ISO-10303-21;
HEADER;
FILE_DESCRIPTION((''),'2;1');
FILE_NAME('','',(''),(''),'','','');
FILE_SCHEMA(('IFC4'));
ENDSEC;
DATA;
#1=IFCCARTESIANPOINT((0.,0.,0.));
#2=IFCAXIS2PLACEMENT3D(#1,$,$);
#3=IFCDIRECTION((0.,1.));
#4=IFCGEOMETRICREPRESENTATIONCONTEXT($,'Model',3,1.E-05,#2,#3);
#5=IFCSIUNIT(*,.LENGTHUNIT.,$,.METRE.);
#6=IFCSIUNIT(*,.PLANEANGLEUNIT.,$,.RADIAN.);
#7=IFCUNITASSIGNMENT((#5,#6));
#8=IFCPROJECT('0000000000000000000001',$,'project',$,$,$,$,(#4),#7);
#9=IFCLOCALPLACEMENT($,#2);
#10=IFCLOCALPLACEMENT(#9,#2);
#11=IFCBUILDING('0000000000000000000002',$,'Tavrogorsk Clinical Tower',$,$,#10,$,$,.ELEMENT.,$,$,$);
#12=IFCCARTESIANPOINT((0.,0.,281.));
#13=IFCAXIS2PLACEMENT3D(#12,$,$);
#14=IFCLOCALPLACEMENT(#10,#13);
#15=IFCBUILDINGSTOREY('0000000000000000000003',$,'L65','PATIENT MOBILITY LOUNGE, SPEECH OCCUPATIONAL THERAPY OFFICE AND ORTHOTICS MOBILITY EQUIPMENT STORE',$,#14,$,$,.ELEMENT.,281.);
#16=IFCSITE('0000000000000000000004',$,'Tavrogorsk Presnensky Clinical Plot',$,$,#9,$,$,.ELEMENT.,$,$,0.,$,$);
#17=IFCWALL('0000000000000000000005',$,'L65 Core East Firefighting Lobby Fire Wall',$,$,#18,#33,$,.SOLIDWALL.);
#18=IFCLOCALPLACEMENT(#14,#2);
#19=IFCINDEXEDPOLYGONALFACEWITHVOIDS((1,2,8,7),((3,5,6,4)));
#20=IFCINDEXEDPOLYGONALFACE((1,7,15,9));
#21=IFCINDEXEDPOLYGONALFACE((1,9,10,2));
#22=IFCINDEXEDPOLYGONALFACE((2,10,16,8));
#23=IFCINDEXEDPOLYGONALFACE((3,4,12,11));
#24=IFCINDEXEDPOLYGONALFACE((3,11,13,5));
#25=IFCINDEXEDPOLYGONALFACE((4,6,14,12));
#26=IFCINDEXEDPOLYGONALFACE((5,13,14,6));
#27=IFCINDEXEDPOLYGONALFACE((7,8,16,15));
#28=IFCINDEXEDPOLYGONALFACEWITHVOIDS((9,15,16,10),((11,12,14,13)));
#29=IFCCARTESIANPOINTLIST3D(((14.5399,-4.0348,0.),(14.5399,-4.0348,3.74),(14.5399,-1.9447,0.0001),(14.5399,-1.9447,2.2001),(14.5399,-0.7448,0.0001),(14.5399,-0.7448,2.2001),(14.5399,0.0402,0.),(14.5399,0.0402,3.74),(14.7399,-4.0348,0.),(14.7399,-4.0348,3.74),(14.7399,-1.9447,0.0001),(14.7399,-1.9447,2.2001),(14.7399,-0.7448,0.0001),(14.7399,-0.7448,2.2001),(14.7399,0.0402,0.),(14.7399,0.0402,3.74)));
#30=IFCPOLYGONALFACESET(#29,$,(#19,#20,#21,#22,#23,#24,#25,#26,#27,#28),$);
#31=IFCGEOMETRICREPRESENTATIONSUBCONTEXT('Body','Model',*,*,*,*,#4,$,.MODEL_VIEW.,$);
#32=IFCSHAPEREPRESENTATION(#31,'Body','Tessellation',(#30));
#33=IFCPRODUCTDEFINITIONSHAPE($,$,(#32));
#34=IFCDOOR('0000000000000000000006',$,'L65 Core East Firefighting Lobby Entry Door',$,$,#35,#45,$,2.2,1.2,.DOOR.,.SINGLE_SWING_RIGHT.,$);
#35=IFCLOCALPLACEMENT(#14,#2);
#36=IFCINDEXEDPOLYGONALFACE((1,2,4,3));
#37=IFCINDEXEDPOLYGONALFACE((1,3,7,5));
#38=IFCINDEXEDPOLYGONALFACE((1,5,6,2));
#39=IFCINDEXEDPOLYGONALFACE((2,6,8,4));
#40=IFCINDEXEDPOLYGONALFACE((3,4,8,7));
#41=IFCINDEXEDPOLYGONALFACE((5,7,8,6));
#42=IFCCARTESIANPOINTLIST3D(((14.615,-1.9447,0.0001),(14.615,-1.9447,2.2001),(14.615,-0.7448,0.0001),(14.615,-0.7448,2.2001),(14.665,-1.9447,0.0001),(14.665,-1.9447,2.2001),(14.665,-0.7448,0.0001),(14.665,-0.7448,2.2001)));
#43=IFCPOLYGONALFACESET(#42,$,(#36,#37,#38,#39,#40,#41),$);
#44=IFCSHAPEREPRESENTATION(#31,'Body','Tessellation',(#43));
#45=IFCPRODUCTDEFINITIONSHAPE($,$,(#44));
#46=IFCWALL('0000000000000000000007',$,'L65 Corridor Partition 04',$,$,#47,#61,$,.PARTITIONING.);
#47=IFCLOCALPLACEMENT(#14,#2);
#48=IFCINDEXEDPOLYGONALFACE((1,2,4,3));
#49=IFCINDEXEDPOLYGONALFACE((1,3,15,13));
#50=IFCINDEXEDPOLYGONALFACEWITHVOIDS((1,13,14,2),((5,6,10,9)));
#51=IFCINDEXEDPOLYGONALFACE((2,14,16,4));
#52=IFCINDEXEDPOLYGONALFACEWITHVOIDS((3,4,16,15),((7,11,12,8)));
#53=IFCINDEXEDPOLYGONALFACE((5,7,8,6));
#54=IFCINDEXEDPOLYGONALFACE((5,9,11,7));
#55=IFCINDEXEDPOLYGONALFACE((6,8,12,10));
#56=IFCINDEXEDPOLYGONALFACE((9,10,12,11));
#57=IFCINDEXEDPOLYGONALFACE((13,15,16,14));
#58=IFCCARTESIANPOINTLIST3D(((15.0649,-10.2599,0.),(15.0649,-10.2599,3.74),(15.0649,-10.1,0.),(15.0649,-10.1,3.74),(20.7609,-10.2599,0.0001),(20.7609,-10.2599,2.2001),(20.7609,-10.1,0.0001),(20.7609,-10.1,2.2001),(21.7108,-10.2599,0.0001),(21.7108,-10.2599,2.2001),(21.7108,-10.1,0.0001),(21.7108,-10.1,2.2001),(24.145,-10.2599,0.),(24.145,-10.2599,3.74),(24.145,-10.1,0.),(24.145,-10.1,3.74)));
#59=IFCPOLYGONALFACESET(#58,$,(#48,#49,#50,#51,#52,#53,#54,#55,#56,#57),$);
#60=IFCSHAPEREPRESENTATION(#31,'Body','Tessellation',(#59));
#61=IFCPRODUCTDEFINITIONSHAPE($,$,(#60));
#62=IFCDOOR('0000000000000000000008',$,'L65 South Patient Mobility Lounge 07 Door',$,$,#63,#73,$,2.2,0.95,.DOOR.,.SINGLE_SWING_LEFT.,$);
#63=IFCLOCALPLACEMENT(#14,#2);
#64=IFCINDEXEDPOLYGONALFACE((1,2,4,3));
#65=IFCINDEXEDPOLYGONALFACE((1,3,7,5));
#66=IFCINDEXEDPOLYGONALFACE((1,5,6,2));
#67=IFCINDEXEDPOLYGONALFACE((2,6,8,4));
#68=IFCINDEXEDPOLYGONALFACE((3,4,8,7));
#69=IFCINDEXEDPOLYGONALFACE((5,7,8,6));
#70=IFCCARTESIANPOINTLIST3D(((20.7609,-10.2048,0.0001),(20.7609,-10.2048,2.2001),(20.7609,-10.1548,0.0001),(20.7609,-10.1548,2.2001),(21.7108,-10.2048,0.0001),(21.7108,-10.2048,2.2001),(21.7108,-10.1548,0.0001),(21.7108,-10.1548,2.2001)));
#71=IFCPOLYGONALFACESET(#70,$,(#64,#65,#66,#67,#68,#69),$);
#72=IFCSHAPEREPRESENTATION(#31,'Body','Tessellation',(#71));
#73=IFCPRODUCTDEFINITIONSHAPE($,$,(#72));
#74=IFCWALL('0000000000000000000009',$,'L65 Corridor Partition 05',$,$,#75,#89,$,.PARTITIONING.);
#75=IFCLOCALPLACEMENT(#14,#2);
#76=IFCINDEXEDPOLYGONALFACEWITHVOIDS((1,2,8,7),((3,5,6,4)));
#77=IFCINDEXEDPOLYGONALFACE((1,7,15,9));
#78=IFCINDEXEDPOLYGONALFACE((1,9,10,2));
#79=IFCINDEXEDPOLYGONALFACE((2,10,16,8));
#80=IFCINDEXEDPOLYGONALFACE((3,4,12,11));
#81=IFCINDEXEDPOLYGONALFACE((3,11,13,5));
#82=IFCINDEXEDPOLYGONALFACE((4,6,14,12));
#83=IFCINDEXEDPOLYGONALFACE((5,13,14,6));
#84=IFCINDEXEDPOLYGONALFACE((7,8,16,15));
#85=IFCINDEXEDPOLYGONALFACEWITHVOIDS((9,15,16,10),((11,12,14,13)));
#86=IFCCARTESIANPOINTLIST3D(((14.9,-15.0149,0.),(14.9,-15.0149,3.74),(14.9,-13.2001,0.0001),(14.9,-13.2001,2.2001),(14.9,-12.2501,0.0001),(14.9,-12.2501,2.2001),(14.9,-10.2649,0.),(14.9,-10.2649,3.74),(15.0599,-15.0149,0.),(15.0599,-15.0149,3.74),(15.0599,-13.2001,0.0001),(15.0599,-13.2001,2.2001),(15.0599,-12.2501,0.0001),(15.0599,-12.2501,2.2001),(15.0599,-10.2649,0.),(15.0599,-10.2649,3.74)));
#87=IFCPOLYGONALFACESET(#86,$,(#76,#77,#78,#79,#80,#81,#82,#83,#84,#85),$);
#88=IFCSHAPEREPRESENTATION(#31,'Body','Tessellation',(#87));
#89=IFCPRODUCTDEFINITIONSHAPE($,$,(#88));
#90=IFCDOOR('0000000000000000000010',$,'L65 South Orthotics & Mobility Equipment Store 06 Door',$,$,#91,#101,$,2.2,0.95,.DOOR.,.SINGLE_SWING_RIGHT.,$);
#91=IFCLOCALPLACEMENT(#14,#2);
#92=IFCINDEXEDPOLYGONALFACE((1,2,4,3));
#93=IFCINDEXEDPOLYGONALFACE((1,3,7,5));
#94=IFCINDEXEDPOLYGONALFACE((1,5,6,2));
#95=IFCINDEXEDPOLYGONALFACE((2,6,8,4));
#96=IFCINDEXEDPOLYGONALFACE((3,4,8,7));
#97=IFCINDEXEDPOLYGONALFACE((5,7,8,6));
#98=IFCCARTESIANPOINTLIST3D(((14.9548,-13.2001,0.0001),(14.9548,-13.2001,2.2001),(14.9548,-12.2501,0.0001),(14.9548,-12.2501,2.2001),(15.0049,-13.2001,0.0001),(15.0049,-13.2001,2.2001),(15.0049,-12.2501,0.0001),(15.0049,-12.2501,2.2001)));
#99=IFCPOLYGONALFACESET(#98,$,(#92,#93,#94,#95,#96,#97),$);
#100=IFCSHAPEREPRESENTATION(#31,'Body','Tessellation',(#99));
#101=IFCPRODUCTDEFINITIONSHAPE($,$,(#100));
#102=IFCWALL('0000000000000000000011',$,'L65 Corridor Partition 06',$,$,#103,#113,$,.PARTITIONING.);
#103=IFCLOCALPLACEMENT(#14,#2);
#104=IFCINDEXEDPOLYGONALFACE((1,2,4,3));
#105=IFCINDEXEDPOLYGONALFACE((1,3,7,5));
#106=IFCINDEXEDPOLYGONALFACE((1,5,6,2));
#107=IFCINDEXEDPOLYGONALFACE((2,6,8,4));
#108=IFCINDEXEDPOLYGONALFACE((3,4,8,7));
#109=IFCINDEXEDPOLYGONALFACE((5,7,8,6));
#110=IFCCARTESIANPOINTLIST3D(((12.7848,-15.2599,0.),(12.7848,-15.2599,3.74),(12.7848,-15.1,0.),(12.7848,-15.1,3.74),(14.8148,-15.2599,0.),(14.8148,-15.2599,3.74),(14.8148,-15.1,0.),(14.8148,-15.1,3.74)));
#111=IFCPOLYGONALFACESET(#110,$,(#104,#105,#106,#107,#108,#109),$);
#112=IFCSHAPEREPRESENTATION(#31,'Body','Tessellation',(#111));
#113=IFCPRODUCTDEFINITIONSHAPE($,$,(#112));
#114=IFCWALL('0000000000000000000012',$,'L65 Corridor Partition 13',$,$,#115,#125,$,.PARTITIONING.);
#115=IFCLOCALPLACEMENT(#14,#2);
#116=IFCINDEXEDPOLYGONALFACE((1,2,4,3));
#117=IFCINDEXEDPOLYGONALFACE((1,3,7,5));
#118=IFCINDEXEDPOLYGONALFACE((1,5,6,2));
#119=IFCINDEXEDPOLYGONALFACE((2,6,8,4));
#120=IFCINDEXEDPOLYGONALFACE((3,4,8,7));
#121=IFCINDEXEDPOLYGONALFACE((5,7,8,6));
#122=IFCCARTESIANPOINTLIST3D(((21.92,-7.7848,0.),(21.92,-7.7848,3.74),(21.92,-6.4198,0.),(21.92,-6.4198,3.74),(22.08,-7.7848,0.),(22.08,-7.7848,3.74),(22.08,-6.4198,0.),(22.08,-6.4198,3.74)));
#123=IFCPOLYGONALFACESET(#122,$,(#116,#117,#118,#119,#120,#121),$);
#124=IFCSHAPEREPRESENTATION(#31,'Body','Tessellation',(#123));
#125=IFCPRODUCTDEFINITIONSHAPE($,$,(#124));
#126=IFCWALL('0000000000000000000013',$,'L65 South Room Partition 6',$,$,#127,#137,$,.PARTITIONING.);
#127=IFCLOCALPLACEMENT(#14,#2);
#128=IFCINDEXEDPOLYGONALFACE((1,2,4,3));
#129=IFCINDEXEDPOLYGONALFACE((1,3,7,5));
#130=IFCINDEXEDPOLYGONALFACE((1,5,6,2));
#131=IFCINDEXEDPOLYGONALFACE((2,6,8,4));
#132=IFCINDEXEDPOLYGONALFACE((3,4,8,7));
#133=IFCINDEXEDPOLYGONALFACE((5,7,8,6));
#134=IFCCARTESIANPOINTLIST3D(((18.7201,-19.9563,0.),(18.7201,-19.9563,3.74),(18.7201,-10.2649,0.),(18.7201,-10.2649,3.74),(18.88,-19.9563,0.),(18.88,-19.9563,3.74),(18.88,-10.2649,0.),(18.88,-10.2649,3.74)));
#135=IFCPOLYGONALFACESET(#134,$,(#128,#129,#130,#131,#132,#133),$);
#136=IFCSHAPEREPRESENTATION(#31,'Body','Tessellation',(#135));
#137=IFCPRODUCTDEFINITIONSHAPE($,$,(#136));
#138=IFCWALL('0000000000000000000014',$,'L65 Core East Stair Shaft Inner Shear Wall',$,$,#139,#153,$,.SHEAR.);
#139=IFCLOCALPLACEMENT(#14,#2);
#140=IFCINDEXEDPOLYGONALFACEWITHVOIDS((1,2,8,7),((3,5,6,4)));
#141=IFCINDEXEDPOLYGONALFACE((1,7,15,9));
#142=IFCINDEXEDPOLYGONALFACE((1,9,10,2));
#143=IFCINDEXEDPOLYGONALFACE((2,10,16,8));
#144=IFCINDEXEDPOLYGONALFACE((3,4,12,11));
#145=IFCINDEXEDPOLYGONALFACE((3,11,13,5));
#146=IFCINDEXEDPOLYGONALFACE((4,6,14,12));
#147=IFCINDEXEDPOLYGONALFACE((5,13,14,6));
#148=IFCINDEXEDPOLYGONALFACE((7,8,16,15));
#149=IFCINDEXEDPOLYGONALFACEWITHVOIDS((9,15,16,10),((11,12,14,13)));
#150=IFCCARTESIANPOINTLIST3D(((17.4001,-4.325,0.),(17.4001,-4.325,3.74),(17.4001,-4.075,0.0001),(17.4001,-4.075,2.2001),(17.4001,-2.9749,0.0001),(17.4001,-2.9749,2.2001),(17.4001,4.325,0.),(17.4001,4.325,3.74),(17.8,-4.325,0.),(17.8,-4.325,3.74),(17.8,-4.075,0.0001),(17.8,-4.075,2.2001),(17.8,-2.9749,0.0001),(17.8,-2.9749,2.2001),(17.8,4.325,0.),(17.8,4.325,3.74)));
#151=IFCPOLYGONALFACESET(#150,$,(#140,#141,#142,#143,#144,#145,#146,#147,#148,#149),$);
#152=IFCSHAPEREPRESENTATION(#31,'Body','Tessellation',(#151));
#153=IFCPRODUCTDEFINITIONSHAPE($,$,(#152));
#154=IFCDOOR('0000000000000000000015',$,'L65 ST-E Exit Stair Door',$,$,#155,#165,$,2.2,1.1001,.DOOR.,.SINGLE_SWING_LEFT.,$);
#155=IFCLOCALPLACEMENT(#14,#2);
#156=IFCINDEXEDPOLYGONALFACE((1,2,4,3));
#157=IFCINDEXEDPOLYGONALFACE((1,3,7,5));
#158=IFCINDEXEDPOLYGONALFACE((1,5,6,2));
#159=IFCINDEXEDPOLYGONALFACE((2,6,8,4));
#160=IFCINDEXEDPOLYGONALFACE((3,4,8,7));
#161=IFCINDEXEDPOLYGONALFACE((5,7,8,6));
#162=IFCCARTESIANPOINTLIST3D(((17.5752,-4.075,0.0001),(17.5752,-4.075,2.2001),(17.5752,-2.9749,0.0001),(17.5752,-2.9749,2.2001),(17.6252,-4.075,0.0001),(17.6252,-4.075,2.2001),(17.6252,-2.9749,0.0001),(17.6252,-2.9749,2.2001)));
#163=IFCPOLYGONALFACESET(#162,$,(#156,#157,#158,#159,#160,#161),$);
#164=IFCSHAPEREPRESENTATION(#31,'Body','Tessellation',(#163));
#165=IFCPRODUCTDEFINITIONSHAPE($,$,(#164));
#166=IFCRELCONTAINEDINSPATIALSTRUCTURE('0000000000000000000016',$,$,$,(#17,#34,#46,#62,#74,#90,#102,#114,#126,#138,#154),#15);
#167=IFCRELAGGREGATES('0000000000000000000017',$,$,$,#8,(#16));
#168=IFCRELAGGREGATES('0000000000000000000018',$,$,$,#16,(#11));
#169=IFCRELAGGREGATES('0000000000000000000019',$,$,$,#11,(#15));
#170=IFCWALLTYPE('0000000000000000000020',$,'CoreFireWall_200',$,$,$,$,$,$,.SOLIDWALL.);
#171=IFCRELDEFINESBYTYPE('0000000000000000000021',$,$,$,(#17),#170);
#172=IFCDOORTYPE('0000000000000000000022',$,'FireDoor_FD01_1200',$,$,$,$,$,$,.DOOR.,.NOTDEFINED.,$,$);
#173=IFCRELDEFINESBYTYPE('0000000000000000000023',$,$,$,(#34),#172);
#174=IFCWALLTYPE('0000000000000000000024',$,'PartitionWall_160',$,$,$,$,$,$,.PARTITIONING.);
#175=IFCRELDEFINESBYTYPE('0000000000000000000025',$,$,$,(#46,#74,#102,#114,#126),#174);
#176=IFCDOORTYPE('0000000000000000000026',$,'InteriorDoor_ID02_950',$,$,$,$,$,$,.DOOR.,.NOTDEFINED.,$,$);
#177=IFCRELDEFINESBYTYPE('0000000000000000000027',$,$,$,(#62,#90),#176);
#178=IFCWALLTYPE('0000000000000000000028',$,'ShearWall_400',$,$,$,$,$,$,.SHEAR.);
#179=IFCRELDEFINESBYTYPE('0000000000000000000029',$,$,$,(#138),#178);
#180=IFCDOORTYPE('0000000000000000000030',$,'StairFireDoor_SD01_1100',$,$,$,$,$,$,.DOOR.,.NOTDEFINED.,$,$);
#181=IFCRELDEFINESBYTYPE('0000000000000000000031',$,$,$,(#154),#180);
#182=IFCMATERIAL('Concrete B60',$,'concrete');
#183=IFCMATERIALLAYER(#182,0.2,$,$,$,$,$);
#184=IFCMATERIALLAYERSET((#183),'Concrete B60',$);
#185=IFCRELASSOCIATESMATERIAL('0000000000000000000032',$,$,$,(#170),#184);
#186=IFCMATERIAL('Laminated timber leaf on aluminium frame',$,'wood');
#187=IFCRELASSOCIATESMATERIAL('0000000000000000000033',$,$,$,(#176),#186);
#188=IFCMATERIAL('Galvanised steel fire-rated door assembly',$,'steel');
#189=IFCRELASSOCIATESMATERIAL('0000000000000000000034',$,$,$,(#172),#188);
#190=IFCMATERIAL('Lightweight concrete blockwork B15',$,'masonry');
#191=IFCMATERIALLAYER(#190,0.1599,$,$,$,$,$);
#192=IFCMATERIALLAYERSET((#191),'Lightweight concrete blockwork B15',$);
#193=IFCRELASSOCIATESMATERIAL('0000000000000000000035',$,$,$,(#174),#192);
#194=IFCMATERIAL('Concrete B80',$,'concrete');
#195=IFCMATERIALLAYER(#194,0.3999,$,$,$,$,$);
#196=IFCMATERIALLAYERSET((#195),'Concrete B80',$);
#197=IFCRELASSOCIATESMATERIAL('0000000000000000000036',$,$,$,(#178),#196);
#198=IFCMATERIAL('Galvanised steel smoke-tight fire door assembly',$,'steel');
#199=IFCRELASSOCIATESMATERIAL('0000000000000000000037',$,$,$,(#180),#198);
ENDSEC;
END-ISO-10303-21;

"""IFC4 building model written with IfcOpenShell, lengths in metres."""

from ifc_helpers import new_model, si_unit, direction, frame, frame_2d, origin, place, context, subcontext, project, spatial, rectangle, extrude, material, layer, layer_set, type_object, element, fill, save


model = new_model("IFC4")

# Units and contexts
model_context = context("Model", 3, precision=1e-05, world=origin(), true_north=direction((0.0, 1.0)))
body_context = subcontext(model_context, "Body", "Model", "MODEL_VIEW")
ifc_project = project(units=[si_unit("LENGTHUNIT", "METRE"), si_unit("PLANEANGLEUNIT", "RADIAN")], contexts=[model_context])

# Site, building, storey
site_placement = place(None, origin())
site = spatial("IfcSite", under=ifc_project, at=site_placement, Name="Tavrogorsk Presnensky Clinical Plot", CompositionType="ELEMENT", RefElevation=0.0)
building_placement = place(site_placement, origin())
building = spatial("IfcBuilding", under=site, at=building_placement, Name="Tavrogorsk Clinical Tower", CompositionType="ELEMENT")
storey_placement = place(building_placement, frame((0.0, 0.0, 281.0)))
storey = spatial("IfcBuildingStorey", under=building, at=storey_placement, Name="L65", Description="PATIENT MOBILITY LOUNGE, SPEECH OCCUPATIONAL THERAPY OFFICE AND ORTHOTICS MOBILITY EQUIPMENT STORE", CompositionType="ELEMENT", Elevation=281.0)

# Walls, openings, doors
ifc_material_1 = material(Name="Concrete B60", Category="concrete")
ifc_layer_1 = layer(ifc_material_1, 0.2)
ifc_layer_set_1 = layer_set([ifc_layer_1], Name="Concrete B60")
wall_type_1 = type_object("IfcWallType", Name="CoreFireWall_200", PredefinedType="SOLIDWALL", material=ifc_layer_set_1)
ifc_material_2 = material(Name="Laminated timber leaf on aluminium frame", Category="wood")
door_type_1 = type_object("IfcDoorType", Name="InteriorDoor_ID02_950", OperationType="NOTDEFINED", PredefinedType="DOOR", material=ifc_material_2)
wall_1_placement = place(storey_placement, frame((14.6399, -4.0349, 0.0), z_axis=(0.0, 0.0, 1.0), x_axis=(0.0, 1.0, 0.0)))
wall_1 = element("IfcWall", 1, at=wall_1_placement, inside=storey, type_object=wall_type_1, Name="L65 Core East Firefighting Lobby Fire Wall", PredefinedType="SOLIDWALL", context=body_context, shape_type="SweptSolid", body=[
    extrude(rectangle(XDim=4.075, YDim=0.2, at=frame_2d((2.0376, 0.0))), origin(), (0.0, 0.0, 1.0), 3.74),
])
opening_1_placement = place(wall_1_placement, frame((2.0901, 0.0, 0.0)))
opening_1 = element("IfcOpeningElement", 2, at=opening_1_placement, cuts=wall_1, PredefinedType="OPENING", context=body_context, shape_type="SweptSolid", body=[
    extrude(rectangle(XDim=1.2, YDim=2.2, at=frame_2d((0.6001, 1.1001))), frame((0.0, 0.1099, 0.0), z_axis=(0.0, -1.0, 0.0), x_axis=(1.0, 0.0, 0.0)), (0.0, 0.0, 1.0), 0.22),
])
ifc_material_3 = material(Name="Galvanised steel fire-rated door assembly", Category="steel")
door_type_2 = type_object("IfcDoorType", Name="FireDoor_FD01_1200", OperationType="NOTDEFINED", PredefinedType="DOOR", material=ifc_material_3)
door_1_placement = place(opening_1_placement, origin())
door_1 = element("IfcDoor", 3, at=door_1_placement, inside=storey, type_object=door_type_2, Name="L65 Core East Firefighting Lobby Entry Door", OperationType="SINGLE_SWING_RIGHT", OverallHeight=2.2, OverallWidth=1.2, PredefinedType="DOOR", context=body_context, shape_type="SweptSolid", body=[
    extrude(rectangle(XDim=1.2, YDim=2.2, at=frame_2d((0.6001, 1.1001))), frame((0.0, 0.0249, 0.0), z_axis=(0.0, -1.0, 0.0), x_axis=(1.0, 0.0, 0.0)), (0.0, 0.0, 1.0), 0.05),
])
fill(opening_1, door_1)
ifc_material_4 = material(Name="Lightweight concrete blockwork B15", Category="masonry")
ifc_layer_2 = layer(ifc_material_4, 0.1599)
ifc_layer_set_2 = layer_set([ifc_layer_2], Name="Lightweight concrete blockwork B15")
wall_type_2 = type_object("IfcWallType", Name="PartitionWall_160", PredefinedType="PARTITIONING", material=ifc_layer_set_2)
wall_2_placement = place(storey_placement, frame((24.145, -10.1799, 0.0), z_axis=(0.0, 0.0, 1.0), x_axis=(-1.0, 0.0, 0.0)))
wall_2 = element("IfcWall", 4, at=wall_2_placement, inside=storey, type_object=wall_type_2, Name="L65 Corridor Partition 04", PredefinedType="PARTITIONING", context=body_context, shape_type="SweptSolid", body=[
    extrude(rectangle(XDim=9.0801, YDim=0.1599, at=frame_2d((4.54, 0.0))), origin(), (0.0, 0.0, 1.0), 3.74),
])
opening_2_placement = place(wall_2_placement, frame((2.4341, 0.0, 0.0)))
opening_2 = element("IfcOpeningElement", 5, at=opening_2_placement, cuts=wall_2, PredefinedType="OPENING", context=body_context, shape_type="SweptSolid", body=[
    extrude(rectangle(XDim=0.95, YDim=2.2, at=frame_2d((0.4751, 1.1001))), frame((0.0, 0.0898, 0.0), z_axis=(0.0, -1.0, 0.0), x_axis=(1.0, 0.0, 0.0)), (0.0, 0.0, 1.0), 0.1799),
])
door_2_placement = place(opening_2_placement, origin())
door_2 = element("IfcDoor", 6, at=door_2_placement, inside=storey, type_object=door_type_1, Name="L65 South Patient Mobility Lounge 07 Door", OperationType="SINGLE_SWING_LEFT", OverallHeight=2.2, OverallWidth=0.95, PredefinedType="DOOR", context=body_context, shape_type="SweptSolid", body=[
    extrude(rectangle(XDim=0.95, YDim=2.2, at=frame_2d((0.4751, 1.1001))), frame((0.0, 0.0249, 0.0), z_axis=(0.0, -1.0, 0.0), x_axis=(1.0, 0.0, 0.0)), (0.0, 0.0, 1.0), 0.05),
])
fill(opening_2, door_2)
wall_3_placement = place(storey_placement, frame((14.98, -10.2649, 0.0), z_axis=(0.0, 0.0, 1.0), x_axis=(0.0, -1.0, 0.0)))
wall_3 = element("IfcWall", 7, at=wall_3_placement, inside=storey, type_object=wall_type_2, Name="L65 Corridor Partition 05", PredefinedType="PARTITIONING", context=body_context, shape_type="SweptSolid", body=[
    extrude(rectangle(XDim=4.75, YDim=0.1599, at=frame_2d((2.375, 0.0))), origin(), (0.0, 0.0, 1.0), 3.74),
])
opening_3_placement = place(wall_3_placement, frame((1.9851, 0.0, 0.0)))
opening_3 = element("IfcOpeningElement", 8, at=opening_3_placement, cuts=wall_3, PredefinedType="OPENING", context=body_context, shape_type="SweptSolid", body=[
    extrude(rectangle(XDim=0.95, YDim=2.2, at=frame_2d((0.4751, 1.1001))), frame((0.0, 0.0898, 0.0), z_axis=(0.0, -1.0, 0.0), x_axis=(1.0, 0.0, 0.0)), (0.0, 0.0, 1.0), 0.1799),
])
door_3_placement = place(opening_3_placement, origin())
door_3 = element("IfcDoor", 9, at=door_3_placement, inside=storey, type_object=door_type_1, Name="L65 South Orthotics & Mobility Equipment Store 06 Door", OperationType="SINGLE_SWING_RIGHT", OverallHeight=2.2, OverallWidth=0.95, PredefinedType="DOOR", context=body_context, shape_type="SweptSolid", body=[
    extrude(rectangle(XDim=0.95, YDim=2.2, at=frame_2d((0.4751, 1.1001))), frame((0.0, 0.0249, 0.0), z_axis=(0.0, -1.0, 0.0), x_axis=(1.0, 0.0, 0.0)), (0.0, 0.0, 1.0), 0.05),
])
fill(opening_3, door_3)

# Walls
wall_4_placement = place(storey_placement, frame((14.8149, -15.1799, 0.0), z_axis=(0.0, 0.0, 1.0), x_axis=(-1.0, 0.0, 0.0)))
element("IfcWall", 10, at=wall_4_placement, inside=storey, type_object=wall_type_2, Name="L65 Corridor Partition 06", PredefinedType="PARTITIONING", context=body_context, shape_type="SweptSolid", body=[
    extrude(rectangle(XDim=2.03, YDim=0.1599, at=frame_2d((1.0151, 0.0))), origin(), (0.0, 0.0, 1.0), 3.74),
])
wall_5_placement = place(storey_placement, frame((22.0, -7.7849, 0.0), z_axis=(0.0, 0.0, 1.0), x_axis=(0.0, 1.0, 0.0)))
element("IfcWall", 11, at=wall_5_placement, inside=storey, type_object=wall_type_2, Name="L65 Corridor Partition 13", PredefinedType="PARTITIONING", context=body_context, shape_type="SweptSolid", body=[
    extrude(rectangle(XDim=1.365, YDim=0.1599, at=frame_2d((0.6826, 0.0))), origin(), (0.0, 0.0, 1.0), 3.74),
])
wall_6_placement = place(storey_placement, frame((18.8, -19.9563, 0.0), z_axis=(0.0, 0.0, 1.0), x_axis=(0.0, 1.0, 0.0)))
element("IfcWall", 12, at=wall_6_placement, inside=storey, type_object=wall_type_2, Name="L65 South Room Partition 6", PredefinedType="PARTITIONING", context=body_context, shape_type="SweptSolid", body=[
    extrude(rectangle(XDim=9.6914, YDim=0.1599, at=frame_2d((4.8457, 0.0))), origin(), (0.0, 0.0, 1.0), 3.74),
])

# Wall, opening, door
ifc_material_5 = material(Name="Concrete B80", Category="concrete")
ifc_layer_3 = layer(ifc_material_5, 0.3999)
ifc_layer_set_3 = layer_set([ifc_layer_3], Name="Concrete B80")
wall_type_3 = type_object("IfcWallType", Name="ShearWall_400", PredefinedType="SHEAR", material=ifc_layer_set_3)
wall_7_placement = place(storey_placement, frame((17.6001, -4.325, 0.0), z_axis=(0.0, 0.0, 1.0), x_axis=(0.0, 1.0, 0.0)))
wall_7 = element("IfcWall", 13, at=wall_7_placement, inside=storey, type_object=wall_type_3, Name="L65 Core East Stair Shaft Inner Shear Wall", PredefinedType="SHEAR", context=body_context, shape_type="SweptSolid", body=[
    extrude(rectangle(XDim=8.6499, YDim=0.3999, at=frame_2d((4.325, 0.0))), origin(), (0.0, 0.0, 1.0), 3.74),
])
opening_4_placement = place(wall_7_placement, frame((0.25, 0.0, 0.0)))
opening_4 = element("IfcOpeningElement", 14, at=opening_4_placement, cuts=wall_7, PredefinedType="OPENING", context=body_context, shape_type="SweptSolid", body=[
    extrude(rectangle(XDim=1.1001, YDim=2.2, at=frame_2d((0.55, 1.1001))), frame((0.0, 0.21, 0.0), z_axis=(0.0, -1.0, 0.0), x_axis=(1.0, 0.0, 0.0)), (0.0, 0.0, 1.0), 0.4199),
])
ifc_material_6 = material(Name="Galvanised steel smoke-tight fire door assembly", Category="steel")
door_type_3 = type_object("IfcDoorType", Name="StairFireDoor_SD01_1100", OperationType="NOTDEFINED", PredefinedType="DOOR", material=ifc_material_6)
door_4_placement = place(opening_4_placement, origin())
door_4 = element("IfcDoor", 15, at=door_4_placement, inside=storey, type_object=door_type_3, Name="L65 ST-E Exit Stair Door", OperationType="SINGLE_SWING_LEFT", OverallHeight=2.2, OverallWidth=1.1001, PredefinedType="DOOR", context=body_context, shape_type="SweptSolid", body=[
    extrude(rectangle(XDim=1.1001, YDim=2.2, at=frame_2d((0.55, 1.1001))), frame((0.0, 0.0249, 0.0), z_axis=(0.0, -1.0, 0.0), x_axis=(1.0, 0.0, 0.0)), (0.0, 0.0, 1.0), 0.05),
])
fill(opening_4, door_4)

save(model, "model.ifc")
